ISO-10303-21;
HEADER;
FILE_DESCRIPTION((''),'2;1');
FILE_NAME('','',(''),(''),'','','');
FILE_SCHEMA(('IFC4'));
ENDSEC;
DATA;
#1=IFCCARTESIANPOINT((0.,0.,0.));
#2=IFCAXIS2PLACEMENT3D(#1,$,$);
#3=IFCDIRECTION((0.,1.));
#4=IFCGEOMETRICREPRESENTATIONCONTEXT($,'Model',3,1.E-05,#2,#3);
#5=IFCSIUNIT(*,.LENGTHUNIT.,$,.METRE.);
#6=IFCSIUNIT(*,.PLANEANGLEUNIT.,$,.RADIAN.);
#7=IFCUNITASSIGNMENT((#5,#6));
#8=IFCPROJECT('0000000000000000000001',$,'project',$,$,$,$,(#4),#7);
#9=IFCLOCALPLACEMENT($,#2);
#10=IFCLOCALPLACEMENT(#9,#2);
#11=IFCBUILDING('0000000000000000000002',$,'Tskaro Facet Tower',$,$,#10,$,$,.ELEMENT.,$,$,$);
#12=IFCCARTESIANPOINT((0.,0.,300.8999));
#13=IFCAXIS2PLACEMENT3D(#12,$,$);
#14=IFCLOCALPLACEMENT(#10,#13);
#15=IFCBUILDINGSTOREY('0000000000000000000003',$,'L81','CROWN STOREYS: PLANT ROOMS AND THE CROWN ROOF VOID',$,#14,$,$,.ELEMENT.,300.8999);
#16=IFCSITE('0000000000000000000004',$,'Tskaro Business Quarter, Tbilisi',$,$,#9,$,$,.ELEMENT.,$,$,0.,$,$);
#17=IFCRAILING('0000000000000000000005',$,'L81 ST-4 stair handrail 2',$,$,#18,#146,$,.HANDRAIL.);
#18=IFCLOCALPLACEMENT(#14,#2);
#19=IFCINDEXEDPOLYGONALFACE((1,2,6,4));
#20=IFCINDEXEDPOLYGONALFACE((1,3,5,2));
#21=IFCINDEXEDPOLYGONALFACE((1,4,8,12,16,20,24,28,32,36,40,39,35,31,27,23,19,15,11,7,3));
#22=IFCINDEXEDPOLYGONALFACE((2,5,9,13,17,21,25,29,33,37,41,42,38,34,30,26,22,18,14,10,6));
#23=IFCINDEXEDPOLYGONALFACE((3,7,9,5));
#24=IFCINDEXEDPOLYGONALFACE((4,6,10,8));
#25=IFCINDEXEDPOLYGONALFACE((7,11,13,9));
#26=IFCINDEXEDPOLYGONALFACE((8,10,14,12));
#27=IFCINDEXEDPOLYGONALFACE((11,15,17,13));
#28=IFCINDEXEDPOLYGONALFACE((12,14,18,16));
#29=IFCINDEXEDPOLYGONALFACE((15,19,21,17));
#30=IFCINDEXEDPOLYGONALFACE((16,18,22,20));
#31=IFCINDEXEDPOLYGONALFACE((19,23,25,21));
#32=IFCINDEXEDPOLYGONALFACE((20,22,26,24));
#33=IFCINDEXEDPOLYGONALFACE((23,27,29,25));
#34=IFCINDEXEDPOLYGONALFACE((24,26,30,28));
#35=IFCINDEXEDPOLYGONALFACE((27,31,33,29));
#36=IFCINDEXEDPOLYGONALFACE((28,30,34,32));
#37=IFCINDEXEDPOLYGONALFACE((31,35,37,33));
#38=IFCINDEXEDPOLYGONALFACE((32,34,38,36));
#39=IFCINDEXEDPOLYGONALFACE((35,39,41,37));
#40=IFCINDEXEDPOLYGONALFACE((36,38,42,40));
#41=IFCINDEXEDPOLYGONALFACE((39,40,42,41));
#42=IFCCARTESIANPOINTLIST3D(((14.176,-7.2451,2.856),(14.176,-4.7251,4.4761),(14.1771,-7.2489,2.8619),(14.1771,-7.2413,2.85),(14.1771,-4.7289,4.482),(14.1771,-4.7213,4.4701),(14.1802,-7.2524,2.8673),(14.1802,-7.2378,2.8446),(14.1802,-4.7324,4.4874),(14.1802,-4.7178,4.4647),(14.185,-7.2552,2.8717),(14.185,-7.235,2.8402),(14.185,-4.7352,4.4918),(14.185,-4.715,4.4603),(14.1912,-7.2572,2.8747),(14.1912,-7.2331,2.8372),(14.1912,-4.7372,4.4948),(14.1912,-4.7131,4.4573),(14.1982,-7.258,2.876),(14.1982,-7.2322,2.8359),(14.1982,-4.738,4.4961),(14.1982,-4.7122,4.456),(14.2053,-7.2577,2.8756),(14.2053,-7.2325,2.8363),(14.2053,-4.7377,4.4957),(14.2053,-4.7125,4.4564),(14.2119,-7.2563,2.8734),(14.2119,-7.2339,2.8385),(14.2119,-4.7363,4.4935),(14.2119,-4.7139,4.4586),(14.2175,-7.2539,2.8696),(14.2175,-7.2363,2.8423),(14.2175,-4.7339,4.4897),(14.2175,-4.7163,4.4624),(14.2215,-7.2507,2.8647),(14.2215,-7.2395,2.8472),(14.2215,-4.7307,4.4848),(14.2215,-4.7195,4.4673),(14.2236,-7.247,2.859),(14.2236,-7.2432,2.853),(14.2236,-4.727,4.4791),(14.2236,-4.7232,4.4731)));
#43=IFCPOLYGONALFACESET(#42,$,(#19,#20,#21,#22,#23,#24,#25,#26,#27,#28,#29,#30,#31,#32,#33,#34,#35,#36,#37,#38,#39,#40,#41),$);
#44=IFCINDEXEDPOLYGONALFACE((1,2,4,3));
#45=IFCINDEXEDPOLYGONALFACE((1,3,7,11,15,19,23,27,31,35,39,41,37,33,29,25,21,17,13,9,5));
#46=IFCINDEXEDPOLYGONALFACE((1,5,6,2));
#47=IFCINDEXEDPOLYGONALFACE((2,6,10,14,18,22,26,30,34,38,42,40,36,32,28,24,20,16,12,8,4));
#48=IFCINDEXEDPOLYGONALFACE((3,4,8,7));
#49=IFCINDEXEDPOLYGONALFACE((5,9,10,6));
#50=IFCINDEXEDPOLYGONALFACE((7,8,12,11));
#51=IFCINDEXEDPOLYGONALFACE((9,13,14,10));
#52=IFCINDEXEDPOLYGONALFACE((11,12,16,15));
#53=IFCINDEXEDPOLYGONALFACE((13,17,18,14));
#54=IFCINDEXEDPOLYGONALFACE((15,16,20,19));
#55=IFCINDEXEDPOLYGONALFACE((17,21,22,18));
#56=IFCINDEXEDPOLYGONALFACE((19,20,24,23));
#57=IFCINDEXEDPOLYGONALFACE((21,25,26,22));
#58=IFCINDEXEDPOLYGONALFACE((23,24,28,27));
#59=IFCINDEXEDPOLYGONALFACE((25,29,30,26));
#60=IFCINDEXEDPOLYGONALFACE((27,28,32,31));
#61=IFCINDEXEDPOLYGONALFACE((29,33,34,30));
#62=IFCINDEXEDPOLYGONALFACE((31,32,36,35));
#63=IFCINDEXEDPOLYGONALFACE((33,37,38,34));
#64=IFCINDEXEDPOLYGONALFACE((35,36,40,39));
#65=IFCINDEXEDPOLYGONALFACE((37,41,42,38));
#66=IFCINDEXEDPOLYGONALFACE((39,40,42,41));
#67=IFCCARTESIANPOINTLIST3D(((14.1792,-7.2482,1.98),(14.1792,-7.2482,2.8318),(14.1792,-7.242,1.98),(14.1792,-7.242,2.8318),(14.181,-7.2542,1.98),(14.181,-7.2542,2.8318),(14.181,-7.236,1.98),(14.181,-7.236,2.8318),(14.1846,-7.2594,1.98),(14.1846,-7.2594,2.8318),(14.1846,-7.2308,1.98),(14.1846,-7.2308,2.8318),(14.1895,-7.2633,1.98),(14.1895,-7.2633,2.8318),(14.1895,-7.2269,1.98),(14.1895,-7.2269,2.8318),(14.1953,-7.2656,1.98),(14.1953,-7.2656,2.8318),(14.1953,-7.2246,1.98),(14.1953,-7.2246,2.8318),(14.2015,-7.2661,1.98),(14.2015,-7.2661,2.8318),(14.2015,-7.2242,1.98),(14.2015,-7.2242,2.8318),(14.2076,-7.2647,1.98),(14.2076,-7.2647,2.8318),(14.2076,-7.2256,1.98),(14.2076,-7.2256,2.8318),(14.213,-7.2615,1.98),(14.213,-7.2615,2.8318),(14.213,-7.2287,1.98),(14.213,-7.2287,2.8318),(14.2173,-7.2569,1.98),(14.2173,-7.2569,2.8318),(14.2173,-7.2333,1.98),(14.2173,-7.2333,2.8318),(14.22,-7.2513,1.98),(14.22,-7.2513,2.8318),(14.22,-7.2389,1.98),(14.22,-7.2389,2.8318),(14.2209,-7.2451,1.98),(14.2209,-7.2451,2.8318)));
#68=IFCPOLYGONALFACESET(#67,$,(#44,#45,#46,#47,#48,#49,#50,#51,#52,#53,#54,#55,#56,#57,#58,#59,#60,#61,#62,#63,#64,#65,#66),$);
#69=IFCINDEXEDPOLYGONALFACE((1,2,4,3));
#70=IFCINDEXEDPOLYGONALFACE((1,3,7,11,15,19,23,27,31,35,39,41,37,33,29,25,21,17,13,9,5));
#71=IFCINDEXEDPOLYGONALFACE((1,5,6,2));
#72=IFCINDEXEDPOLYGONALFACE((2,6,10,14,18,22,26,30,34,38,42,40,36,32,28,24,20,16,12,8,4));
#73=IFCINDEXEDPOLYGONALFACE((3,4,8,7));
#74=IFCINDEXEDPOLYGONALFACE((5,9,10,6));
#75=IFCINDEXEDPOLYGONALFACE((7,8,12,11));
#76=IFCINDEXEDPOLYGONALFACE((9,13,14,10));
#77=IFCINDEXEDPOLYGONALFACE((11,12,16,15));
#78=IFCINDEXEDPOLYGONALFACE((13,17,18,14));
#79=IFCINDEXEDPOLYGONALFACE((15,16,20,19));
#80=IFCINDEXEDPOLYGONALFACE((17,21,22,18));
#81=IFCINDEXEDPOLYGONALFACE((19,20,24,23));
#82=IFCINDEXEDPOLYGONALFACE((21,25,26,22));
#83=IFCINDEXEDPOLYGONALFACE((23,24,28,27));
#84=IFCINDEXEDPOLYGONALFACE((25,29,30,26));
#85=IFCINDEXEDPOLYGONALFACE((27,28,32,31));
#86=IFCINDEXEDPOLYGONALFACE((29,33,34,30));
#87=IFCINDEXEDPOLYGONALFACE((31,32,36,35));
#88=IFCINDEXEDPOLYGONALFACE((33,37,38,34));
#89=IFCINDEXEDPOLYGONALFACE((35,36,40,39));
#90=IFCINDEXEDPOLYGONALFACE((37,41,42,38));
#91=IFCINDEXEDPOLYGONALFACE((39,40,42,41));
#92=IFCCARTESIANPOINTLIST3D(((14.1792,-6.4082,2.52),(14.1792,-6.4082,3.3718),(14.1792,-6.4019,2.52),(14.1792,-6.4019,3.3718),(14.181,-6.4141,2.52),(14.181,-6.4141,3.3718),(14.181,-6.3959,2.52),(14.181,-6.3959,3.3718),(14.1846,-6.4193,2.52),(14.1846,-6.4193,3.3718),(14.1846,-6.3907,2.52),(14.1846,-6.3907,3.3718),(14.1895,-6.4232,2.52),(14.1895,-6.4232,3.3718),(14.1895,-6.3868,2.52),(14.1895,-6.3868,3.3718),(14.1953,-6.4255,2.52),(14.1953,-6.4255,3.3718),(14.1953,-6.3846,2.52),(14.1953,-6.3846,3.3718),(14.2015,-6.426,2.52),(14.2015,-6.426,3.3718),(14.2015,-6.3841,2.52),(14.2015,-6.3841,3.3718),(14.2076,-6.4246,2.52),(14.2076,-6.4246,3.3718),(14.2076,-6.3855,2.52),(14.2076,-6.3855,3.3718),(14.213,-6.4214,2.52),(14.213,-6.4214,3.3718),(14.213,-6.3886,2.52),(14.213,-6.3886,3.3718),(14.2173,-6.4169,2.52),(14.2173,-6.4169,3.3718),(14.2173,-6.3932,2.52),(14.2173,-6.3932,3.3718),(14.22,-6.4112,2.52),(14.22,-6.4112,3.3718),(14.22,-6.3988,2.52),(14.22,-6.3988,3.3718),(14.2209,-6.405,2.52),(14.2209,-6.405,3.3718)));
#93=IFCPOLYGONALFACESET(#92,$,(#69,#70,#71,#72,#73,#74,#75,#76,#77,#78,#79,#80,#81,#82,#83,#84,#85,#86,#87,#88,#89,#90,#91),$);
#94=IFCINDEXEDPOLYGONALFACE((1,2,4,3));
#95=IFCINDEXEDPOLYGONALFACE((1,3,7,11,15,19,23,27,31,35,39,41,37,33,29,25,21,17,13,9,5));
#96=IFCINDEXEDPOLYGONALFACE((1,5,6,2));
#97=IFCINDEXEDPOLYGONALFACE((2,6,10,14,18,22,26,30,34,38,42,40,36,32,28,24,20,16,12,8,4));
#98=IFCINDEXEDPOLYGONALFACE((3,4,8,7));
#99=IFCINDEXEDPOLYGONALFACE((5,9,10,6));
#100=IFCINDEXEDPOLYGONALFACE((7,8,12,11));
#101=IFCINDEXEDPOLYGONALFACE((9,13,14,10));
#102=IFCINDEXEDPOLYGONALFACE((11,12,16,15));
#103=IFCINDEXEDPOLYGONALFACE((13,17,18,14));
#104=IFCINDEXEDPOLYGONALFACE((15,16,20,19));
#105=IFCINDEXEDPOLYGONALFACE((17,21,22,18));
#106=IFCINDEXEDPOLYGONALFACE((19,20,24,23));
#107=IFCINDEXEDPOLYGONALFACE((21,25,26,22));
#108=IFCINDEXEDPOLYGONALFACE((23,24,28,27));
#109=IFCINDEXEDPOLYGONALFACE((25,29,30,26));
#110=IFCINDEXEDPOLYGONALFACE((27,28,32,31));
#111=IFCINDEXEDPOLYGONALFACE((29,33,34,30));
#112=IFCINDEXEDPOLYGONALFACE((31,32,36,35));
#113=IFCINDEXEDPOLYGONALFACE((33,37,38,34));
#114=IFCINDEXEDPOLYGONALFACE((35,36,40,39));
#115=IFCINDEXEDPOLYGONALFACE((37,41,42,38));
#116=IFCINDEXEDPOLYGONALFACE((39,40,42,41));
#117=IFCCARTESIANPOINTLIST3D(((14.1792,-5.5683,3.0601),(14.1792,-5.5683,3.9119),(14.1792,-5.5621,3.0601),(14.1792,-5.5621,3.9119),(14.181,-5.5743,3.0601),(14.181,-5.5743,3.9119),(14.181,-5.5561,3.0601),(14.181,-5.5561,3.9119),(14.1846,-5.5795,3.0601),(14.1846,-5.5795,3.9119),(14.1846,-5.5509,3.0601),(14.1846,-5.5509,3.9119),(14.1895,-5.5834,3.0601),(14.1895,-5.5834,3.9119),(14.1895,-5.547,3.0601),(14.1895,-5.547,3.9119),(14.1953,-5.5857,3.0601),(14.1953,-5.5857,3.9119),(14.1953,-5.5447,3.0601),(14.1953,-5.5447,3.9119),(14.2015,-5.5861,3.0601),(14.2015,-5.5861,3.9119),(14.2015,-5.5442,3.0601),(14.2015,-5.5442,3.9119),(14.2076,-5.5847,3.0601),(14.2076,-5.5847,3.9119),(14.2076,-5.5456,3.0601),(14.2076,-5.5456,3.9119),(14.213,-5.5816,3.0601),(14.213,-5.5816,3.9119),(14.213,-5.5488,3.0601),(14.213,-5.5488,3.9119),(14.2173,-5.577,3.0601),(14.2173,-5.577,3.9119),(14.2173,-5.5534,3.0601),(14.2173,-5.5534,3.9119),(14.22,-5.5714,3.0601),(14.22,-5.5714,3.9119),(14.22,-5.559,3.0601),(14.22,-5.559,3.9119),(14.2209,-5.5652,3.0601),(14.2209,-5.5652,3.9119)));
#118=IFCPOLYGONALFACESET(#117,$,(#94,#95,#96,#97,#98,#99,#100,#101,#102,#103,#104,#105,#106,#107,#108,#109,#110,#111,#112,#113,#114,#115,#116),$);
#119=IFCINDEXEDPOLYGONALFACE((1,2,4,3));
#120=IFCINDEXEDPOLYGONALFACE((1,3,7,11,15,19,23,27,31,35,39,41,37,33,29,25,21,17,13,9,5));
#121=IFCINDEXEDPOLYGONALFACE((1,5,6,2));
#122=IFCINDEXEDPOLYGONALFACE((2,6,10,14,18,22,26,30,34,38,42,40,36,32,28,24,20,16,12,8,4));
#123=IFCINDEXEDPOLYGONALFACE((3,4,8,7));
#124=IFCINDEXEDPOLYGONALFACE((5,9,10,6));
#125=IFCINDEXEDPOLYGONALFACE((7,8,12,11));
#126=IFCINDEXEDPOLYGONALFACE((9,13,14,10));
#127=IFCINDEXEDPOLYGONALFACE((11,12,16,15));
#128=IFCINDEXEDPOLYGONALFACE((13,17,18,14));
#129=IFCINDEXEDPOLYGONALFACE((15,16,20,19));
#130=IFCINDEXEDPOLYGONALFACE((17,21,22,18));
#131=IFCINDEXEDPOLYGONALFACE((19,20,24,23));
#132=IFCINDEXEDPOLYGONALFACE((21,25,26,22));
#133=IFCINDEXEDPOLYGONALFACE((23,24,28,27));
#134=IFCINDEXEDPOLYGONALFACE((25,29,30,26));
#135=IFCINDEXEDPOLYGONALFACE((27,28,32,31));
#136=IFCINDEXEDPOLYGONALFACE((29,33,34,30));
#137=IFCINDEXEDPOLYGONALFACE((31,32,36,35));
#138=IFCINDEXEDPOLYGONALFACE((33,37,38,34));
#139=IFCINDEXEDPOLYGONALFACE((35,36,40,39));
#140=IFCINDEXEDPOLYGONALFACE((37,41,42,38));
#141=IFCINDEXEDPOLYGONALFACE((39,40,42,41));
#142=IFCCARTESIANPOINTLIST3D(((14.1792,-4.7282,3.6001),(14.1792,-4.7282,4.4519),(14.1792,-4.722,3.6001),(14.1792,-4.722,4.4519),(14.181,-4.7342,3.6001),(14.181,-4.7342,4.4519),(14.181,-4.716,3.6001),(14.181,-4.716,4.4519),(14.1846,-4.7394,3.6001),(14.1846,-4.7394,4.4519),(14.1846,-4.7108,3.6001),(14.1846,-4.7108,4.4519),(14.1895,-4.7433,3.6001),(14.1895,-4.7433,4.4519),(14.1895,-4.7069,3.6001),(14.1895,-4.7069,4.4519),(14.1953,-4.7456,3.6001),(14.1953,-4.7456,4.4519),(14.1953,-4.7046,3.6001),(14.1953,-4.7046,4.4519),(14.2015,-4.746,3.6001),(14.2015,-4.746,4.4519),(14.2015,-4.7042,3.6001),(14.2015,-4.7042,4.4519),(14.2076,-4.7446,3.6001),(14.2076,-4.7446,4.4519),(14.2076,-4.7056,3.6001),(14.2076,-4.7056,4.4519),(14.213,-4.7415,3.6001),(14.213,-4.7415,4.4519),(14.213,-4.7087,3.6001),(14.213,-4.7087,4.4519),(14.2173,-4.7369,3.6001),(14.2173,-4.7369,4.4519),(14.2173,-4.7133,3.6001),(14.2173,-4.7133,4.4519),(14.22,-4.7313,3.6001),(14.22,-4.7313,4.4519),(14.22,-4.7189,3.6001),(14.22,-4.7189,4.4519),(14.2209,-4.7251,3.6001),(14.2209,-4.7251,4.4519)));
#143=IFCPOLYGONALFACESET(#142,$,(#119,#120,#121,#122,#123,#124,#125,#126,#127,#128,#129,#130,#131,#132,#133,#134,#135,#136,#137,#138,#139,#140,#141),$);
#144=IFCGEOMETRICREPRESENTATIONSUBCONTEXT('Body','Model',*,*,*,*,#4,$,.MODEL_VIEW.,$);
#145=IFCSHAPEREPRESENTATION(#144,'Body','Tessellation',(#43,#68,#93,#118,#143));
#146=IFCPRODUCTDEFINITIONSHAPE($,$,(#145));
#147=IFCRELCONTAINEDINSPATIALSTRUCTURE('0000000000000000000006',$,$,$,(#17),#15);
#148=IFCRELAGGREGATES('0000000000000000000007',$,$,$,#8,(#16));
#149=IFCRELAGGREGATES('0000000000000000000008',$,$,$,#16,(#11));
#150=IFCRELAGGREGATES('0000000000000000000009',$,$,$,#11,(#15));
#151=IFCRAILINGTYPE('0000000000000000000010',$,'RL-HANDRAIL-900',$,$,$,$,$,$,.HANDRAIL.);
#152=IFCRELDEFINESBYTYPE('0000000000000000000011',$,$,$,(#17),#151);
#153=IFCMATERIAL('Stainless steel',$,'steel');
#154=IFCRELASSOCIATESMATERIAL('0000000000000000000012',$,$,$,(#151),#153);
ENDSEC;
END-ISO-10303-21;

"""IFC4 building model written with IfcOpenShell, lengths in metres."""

from ifc_helpers import new_model, si_unit, direction, frame, origin, origin_2d, place, context, subcontext, project, spatial, circle, extrude, material, type_object, element, save


model = new_model("IFC4")

# Units and contexts
model_context = context("Model", 3, precision=1e-05, world=origin(), true_north=direction((0.0, 1.0)))
body_context = subcontext(model_context, "Body", "Model", "MODEL_VIEW")
ifc_project = project(units=[si_unit("LENGTHUNIT", "METRE"), si_unit("PLANEANGLEUNIT", "RADIAN")], contexts=[model_context])

# Site, building, storey
site_placement = place(None, origin())
site = spatial("IfcSite", under=ifc_project, at=site_placement, Name="Tskaro Business Quarter, Tbilisi", CompositionType="ELEMENT", RefElevation=0.0)
building_placement = place(site_placement, origin())
building = spatial("IfcBuilding", under=site, at=building_placement, Name="Tskaro Facet Tower", CompositionType="ELEMENT")
storey_placement = place(building_placement, frame((0.0, 0.0, 300.8999)))
storey = spatial("IfcBuildingStorey", under=building, at=storey_placement, Name="L81", Description="CROWN STOREYS: PLANT ROOMS AND THE CROWN ROOF VOID", CompositionType="ELEMENT", Elevation=300.8999)

# Railing
ifc_material_1 = material(Name="Stainless steel", Category="steel")
railing_type_1 = type_object("IfcRailingType", Name="RL-HANDRAIL-900", PredefinedType="HANDRAIL", material=ifc_material_1)
for number, where, name in (
    (1, (14.2, -7.2451, 1.98), "L81 ST-4 stair handrail 2"),
):
    element("IfcRailing", number, at=place(storey_placement, frame(where)), inside=storey, type_object=railing_type_1, Name=name, PredefinedType="HANDRAIL", context=body_context, shape_type="SweptSolid", body=[
        extrude(circle(Radius=0.0239, at=origin_2d()), frame((0.0, 0.0, 0.876), z_axis=(0.0, 0.841163, 0.540782), x_axis=(-1.0, 0.0, 0.0)), (0.0, 0.0, 1.0), 2.9958),
        extrude(circle(Radius=0.021, at=origin_2d()), origin(), (0.0, 0.0, 1.0), 0.8518),
        extrude(circle(Radius=0.021, at=origin_2d()), frame((0.0, 0.8401, 0.54)), (0.0, 0.0, 1.0), 0.8518),
        extrude(circle(Radius=0.021, at=origin_2d()), frame((0.0, 1.6799, 1.0801)), (0.0, 0.0, 1.0), 0.8518),
        extrude(circle(Radius=0.021, at=origin_2d()), frame((0.0, 2.52, 1.6201)), (0.0, 0.0, 1.0), 0.8518),
    ])

save(model, "model.ifc")
